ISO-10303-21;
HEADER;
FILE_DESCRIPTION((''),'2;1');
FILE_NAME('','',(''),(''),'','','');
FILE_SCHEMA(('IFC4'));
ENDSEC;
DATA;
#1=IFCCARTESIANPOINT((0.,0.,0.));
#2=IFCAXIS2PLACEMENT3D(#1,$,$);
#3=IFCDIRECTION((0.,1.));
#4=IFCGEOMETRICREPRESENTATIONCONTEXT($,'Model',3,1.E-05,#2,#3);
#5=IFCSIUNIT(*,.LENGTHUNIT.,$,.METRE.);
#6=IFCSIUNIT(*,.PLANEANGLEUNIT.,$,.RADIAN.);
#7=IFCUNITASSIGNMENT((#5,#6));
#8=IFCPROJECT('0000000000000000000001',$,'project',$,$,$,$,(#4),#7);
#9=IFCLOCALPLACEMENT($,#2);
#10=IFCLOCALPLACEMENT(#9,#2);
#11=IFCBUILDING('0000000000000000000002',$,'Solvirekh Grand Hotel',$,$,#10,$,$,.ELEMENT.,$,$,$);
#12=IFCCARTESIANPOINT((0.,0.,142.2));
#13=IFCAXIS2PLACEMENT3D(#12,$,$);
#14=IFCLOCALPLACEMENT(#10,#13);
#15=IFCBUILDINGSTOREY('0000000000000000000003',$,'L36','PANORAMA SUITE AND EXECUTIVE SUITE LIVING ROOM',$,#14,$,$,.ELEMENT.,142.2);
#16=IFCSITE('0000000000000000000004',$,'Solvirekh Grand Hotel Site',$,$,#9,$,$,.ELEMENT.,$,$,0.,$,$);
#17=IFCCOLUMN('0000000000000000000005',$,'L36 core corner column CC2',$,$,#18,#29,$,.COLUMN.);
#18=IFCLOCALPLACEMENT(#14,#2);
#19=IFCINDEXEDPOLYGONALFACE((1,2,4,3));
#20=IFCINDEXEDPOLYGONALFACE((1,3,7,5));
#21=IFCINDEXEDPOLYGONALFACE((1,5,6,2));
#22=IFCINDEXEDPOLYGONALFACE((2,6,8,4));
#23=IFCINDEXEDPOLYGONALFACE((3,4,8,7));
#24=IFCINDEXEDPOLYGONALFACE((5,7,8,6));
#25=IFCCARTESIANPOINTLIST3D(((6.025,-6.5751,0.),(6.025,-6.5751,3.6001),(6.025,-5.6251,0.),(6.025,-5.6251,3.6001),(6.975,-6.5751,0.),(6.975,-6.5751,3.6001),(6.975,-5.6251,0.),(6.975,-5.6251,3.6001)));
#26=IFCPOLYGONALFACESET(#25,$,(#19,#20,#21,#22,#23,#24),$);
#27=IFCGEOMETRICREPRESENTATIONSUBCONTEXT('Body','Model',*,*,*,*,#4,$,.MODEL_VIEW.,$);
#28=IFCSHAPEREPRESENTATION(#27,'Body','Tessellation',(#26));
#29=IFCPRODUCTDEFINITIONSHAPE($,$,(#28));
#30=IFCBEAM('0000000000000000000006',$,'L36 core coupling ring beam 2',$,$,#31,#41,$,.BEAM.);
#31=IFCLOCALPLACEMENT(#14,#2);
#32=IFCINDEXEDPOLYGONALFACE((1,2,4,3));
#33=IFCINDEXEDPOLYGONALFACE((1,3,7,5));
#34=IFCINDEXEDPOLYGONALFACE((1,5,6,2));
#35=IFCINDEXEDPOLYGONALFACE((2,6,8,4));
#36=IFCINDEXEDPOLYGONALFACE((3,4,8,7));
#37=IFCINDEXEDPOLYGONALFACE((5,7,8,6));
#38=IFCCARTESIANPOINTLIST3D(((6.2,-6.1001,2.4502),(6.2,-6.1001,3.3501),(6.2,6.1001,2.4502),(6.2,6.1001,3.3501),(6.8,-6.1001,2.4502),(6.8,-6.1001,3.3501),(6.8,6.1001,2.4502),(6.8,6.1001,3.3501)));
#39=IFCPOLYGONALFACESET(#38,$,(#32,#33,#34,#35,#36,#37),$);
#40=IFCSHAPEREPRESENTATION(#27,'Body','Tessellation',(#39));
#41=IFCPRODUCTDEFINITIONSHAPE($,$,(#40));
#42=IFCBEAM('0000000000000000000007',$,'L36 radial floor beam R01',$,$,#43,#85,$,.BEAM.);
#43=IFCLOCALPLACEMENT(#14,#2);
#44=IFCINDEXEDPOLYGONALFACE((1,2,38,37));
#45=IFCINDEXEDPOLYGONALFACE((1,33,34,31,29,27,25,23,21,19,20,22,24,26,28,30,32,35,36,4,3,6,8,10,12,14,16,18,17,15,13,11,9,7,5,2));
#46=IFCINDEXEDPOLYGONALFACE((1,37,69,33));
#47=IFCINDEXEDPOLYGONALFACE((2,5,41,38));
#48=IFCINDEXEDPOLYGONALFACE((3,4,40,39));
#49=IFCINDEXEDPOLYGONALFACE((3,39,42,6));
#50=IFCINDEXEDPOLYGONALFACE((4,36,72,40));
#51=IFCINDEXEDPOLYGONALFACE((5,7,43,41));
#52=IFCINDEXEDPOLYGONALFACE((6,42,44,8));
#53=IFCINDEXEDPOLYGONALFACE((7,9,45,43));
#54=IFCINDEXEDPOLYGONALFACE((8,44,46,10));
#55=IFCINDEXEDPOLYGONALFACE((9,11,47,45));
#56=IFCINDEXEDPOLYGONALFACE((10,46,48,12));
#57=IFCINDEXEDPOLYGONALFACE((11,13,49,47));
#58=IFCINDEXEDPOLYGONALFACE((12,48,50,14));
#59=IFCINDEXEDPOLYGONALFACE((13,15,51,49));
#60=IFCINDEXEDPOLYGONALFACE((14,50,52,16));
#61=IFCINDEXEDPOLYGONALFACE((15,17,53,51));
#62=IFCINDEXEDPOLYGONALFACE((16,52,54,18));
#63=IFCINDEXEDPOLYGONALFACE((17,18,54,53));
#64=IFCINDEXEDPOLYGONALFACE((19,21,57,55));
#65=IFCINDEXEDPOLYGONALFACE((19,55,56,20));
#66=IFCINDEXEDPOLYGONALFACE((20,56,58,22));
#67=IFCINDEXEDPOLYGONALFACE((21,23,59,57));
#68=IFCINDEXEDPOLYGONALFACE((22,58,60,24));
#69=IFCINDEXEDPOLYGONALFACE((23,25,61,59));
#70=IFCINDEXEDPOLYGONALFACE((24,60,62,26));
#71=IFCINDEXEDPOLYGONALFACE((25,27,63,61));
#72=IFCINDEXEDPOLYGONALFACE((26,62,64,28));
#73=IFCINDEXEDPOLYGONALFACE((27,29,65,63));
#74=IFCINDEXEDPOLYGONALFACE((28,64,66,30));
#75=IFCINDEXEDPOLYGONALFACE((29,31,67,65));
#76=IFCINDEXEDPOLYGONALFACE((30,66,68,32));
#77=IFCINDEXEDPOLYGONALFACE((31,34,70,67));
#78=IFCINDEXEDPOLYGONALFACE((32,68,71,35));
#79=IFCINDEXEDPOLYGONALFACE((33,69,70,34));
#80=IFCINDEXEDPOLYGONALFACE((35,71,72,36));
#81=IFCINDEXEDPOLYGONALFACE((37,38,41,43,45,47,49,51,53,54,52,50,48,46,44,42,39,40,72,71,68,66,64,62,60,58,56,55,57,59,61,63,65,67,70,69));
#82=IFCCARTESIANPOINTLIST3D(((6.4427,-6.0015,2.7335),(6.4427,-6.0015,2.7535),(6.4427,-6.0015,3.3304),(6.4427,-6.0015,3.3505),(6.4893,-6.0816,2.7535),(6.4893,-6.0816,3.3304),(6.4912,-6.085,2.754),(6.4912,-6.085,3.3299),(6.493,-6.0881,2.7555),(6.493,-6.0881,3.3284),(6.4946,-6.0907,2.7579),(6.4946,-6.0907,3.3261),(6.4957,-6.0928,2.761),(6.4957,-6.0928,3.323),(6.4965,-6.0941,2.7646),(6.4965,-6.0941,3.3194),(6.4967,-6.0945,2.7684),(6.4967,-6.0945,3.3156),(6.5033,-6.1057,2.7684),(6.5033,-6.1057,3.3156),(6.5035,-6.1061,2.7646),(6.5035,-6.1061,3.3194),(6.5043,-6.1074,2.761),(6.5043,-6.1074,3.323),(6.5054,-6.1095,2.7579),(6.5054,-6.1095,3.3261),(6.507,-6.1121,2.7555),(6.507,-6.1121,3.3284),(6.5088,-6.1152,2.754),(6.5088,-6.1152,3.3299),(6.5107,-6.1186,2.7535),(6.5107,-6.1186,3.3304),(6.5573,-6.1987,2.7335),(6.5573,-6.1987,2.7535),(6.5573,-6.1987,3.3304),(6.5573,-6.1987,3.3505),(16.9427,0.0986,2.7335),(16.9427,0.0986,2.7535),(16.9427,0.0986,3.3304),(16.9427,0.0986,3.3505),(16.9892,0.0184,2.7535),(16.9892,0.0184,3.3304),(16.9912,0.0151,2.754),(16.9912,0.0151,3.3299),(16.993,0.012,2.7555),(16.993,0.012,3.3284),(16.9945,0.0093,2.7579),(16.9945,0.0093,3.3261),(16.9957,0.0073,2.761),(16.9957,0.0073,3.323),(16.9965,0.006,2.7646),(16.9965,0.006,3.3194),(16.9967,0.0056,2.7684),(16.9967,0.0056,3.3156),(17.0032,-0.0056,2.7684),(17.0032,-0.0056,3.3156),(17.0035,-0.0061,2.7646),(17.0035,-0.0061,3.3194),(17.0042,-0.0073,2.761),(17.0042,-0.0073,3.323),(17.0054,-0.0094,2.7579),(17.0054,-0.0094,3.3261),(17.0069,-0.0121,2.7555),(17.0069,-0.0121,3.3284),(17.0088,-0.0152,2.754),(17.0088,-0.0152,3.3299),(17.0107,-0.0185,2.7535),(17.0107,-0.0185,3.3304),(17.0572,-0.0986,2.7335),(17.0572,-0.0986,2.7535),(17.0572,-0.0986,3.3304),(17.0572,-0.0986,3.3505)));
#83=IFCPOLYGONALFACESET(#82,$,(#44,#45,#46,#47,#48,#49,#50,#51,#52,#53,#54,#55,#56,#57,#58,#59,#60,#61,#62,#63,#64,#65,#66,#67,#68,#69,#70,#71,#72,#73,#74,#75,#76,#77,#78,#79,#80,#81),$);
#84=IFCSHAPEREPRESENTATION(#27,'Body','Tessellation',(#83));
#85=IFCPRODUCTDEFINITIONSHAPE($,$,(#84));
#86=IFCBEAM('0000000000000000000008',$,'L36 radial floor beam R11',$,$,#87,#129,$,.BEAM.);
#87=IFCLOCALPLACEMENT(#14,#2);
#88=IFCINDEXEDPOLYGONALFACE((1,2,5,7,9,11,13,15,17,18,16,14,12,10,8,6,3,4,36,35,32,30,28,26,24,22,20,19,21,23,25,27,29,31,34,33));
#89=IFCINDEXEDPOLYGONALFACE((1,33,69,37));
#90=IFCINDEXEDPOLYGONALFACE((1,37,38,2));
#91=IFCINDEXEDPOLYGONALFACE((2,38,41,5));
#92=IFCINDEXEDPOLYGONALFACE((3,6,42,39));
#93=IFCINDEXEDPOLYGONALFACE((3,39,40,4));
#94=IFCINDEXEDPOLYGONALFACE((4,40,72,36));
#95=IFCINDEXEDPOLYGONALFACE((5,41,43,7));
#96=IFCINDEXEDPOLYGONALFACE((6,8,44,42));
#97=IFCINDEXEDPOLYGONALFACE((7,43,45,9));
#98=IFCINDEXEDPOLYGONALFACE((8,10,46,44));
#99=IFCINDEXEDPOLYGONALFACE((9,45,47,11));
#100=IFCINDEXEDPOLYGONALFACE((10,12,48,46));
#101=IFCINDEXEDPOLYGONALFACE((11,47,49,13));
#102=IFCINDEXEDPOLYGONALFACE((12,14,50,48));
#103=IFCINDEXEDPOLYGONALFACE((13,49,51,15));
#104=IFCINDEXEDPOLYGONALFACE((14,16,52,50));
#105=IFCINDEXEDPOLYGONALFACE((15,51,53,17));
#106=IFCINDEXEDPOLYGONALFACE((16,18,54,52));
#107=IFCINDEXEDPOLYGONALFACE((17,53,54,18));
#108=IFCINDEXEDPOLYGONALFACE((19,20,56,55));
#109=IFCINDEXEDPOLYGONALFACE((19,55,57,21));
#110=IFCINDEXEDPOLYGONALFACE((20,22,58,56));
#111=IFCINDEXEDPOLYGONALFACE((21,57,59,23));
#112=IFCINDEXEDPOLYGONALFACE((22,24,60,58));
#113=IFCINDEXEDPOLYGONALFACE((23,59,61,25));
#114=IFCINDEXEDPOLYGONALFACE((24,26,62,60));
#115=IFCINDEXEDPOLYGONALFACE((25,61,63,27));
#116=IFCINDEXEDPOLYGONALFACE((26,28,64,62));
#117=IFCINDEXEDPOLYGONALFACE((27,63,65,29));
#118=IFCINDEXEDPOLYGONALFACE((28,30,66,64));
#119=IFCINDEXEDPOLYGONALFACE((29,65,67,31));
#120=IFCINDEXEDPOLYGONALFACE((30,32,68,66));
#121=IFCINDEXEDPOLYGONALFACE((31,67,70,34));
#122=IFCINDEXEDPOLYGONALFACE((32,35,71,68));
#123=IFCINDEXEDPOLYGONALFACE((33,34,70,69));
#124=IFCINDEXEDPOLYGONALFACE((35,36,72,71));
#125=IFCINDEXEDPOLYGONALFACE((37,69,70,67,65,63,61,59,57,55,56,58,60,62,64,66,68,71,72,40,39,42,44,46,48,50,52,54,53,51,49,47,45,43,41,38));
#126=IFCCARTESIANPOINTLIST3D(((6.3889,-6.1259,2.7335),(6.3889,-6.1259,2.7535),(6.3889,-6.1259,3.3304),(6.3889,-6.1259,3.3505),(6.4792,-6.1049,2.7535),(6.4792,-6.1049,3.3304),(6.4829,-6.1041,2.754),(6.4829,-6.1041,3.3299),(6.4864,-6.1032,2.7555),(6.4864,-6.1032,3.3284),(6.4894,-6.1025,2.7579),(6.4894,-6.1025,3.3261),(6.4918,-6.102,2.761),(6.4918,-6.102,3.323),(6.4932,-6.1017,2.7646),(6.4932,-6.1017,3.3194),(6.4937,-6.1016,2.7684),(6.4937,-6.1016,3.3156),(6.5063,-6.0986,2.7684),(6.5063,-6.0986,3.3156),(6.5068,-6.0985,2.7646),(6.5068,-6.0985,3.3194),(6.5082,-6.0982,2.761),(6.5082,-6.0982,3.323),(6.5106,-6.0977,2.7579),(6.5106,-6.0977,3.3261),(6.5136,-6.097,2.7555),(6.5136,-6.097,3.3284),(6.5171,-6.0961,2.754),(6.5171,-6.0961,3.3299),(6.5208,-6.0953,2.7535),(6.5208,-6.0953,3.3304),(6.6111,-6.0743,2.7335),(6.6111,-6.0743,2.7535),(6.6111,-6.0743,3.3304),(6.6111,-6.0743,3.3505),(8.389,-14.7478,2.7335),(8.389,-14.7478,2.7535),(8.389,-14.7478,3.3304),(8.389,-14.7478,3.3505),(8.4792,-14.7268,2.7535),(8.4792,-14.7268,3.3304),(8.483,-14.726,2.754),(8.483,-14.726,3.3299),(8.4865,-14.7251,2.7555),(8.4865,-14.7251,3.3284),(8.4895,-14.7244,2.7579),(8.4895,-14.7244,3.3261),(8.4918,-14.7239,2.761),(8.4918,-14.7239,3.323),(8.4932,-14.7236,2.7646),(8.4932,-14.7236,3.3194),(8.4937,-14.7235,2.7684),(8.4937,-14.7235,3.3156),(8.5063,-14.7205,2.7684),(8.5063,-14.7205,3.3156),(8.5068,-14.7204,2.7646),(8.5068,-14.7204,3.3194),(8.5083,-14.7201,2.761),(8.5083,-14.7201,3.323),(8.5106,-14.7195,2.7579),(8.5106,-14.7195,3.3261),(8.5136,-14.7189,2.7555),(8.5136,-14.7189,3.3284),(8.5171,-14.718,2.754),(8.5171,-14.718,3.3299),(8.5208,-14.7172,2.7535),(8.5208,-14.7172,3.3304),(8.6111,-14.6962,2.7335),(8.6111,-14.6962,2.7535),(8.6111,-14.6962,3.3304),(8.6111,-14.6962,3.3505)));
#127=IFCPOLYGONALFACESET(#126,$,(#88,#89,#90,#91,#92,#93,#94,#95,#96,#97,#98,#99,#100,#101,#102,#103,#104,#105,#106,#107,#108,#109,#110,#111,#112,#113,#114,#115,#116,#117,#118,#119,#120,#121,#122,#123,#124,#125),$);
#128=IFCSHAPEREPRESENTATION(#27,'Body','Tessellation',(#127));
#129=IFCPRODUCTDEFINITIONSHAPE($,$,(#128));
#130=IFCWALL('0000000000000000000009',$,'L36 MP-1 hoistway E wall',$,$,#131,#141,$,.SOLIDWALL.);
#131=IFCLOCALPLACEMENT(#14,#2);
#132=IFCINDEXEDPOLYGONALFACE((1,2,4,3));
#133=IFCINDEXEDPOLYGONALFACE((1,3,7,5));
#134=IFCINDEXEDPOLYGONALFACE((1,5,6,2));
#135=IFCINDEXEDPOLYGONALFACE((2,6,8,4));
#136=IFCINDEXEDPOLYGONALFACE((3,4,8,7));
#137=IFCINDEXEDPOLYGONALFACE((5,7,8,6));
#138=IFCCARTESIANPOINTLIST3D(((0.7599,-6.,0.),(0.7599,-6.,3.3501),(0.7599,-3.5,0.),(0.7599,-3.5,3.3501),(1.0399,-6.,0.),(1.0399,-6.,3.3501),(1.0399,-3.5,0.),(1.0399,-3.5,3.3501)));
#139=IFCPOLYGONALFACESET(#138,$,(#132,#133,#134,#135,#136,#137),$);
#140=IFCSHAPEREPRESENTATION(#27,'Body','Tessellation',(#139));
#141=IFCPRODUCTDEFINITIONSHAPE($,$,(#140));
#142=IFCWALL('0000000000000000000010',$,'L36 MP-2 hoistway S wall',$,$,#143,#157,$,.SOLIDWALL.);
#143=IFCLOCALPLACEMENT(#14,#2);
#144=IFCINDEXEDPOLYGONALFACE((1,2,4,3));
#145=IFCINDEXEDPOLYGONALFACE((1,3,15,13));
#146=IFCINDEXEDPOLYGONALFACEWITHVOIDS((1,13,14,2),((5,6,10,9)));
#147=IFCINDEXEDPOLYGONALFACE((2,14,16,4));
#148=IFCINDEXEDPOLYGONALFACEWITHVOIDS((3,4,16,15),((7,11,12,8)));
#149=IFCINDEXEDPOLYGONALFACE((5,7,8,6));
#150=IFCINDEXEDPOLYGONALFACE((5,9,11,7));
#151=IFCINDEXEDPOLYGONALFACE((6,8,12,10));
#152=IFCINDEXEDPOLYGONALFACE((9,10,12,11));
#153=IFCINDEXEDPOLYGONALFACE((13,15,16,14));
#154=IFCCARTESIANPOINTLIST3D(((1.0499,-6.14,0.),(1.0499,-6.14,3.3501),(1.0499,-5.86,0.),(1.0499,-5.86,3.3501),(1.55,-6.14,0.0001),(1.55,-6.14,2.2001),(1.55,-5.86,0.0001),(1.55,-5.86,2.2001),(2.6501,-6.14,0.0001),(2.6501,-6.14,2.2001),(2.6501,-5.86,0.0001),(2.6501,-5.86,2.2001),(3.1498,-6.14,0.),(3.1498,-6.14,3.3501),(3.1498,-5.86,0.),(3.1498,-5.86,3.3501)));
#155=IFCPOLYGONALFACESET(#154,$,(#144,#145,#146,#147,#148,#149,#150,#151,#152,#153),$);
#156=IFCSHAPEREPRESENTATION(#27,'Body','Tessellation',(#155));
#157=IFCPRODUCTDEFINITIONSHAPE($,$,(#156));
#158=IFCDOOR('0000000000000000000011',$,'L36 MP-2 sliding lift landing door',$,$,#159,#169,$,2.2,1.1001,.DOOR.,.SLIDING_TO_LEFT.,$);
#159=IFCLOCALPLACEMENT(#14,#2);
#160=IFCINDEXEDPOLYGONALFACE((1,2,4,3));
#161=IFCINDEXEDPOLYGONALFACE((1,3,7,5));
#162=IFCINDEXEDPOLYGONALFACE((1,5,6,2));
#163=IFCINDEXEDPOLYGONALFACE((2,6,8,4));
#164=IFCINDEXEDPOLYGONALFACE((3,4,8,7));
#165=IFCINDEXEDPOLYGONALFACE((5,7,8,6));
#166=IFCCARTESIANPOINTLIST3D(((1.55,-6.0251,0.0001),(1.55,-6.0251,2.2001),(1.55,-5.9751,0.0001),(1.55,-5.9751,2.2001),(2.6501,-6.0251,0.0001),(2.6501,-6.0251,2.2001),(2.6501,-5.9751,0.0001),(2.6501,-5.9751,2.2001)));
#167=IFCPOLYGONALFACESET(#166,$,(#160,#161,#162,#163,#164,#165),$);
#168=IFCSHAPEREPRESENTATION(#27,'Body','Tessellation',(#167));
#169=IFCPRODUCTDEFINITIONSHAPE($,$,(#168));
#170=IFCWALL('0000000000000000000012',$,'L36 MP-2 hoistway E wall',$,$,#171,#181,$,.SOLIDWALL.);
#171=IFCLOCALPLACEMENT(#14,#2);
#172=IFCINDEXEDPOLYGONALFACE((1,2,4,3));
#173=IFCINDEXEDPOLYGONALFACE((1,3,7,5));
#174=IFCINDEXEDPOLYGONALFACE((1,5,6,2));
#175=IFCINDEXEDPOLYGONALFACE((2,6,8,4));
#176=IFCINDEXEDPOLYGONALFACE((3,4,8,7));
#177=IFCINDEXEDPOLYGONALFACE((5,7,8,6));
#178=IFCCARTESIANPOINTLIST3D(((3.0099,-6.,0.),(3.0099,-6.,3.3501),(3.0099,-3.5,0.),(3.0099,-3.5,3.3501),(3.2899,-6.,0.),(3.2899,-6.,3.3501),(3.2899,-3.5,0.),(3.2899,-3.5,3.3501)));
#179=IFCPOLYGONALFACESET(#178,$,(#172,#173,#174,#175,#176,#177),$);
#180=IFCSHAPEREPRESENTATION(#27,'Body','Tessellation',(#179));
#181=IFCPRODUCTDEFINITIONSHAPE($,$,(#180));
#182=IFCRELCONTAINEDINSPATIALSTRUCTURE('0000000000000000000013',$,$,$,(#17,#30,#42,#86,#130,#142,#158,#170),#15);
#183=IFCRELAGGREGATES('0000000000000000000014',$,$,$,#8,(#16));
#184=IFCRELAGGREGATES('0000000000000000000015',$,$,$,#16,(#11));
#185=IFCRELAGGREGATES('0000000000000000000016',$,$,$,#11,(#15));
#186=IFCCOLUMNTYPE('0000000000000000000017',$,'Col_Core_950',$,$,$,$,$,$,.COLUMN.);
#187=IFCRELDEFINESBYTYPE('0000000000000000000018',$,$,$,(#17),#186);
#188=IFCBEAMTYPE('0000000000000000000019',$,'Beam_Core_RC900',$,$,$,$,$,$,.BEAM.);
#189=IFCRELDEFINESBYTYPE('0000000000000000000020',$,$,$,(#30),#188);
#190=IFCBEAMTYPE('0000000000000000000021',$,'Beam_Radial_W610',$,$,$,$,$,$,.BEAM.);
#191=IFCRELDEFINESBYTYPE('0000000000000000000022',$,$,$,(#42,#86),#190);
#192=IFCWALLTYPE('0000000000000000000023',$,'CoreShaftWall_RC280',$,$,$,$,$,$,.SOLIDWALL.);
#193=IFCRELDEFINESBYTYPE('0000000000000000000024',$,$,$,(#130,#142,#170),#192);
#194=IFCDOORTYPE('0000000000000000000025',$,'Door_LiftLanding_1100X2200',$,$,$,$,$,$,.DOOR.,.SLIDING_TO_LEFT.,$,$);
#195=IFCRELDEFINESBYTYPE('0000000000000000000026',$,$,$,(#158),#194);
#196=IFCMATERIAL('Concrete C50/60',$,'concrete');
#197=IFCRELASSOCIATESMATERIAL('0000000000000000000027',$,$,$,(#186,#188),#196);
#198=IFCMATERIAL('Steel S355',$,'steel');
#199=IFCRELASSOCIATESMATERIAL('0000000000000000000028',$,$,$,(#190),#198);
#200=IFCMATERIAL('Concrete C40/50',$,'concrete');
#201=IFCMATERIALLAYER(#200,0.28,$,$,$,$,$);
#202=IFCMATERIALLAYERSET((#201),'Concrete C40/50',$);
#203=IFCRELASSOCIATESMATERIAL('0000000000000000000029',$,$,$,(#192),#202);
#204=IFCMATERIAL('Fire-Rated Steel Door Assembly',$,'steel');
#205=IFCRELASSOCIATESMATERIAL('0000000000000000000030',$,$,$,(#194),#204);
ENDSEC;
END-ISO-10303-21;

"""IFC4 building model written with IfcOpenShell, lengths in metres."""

from ifc_helpers import new_model, si_unit, direction, frame, frame_2d, origin, origin_2d, place, context, subcontext, project, spatial, rectangle, i_section, extrude, material, layer, layer_set, material_profile, profile_set, type_object, element, fill, save


model = new_model("IFC4")

# Units and contexts
model_context = context("Model", 3, precision=1e-05, world=origin(), true_north=direction((0.0, 1.0)))
body_context = subcontext(model_context, "Body", "Model", "MODEL_VIEW")
ifc_project = project(units=[si_unit("LENGTHUNIT", "METRE"), si_unit("PLANEANGLEUNIT", "RADIAN")], contexts=[model_context])

# Site, building, storey
site_placement = place(None, origin())
site = spatial("IfcSite", under=ifc_project, at=site_placement, Name="Solvirekh Grand Hotel Site", CompositionType="ELEMENT", RefElevation=0.0)
building_placement = place(site_placement, origin())
building = spatial("IfcBuilding", under=site, at=building_placement, Name="Solvirekh Grand Hotel", CompositionType="ELEMENT")
storey_placement = place(building_placement, frame((0.0, 0.0, 142.2)))
storey = spatial("IfcBuildingStorey", under=building, at=storey_placement, Name="L36", Description="PANORAMA SUITE AND EXECUTIVE SUITE LIVING ROOM", CompositionType="ELEMENT", Elevation=142.2)

# Column
ifc_material_1 = material(Name="Concrete C50/60", Category="concrete")
ifc_material_profile_1 = material_profile(ifc_material_1, rectangle(XDim=0.95, YDim=0.95, at=origin_2d()), Name="RC 950X950")
ifc_profile_set_1 = profile_set([ifc_material_profile_1], Name="Concrete C50/60")
column_type = type_object("IfcColumnType", Name="Col_Core_950", PredefinedType="COLUMN", material=ifc_profile_set_1)
column_placement = place(storey_placement, frame((6.5, -6.1001, 0.0), z_axis=(0.0, 0.0, 1.0), x_axis=(1.0, 0.0, 0.0)))
element("IfcColumn", 1, at=column_placement, inside=storey, type_object=column_type, Name="L36 core corner column CC2", PredefinedType="COLUMN", context=body_context, shape_type="SweptSolid", body=[
    extrude(rectangle(XDim=0.95, YDim=0.95, at=origin_2d()), origin(), (0.0, 0.0, 1.0), 3.6001),
])

# Beams
ifc_material_profile_2 = material_profile(ifc_material_1, rectangle(XDim=0.6001, YDim=0.8999, at=origin_2d()), Name="RC BEAM 600X900")
ifc_profile_set_2 = profile_set([ifc_material_profile_2], Name="Concrete C50/60")
beam_type_1 = type_object("IfcBeamType", Name="Beam_Core_RC900", PredefinedType="BEAM", material=ifc_profile_set_2)
beam_1_placement = place(storey_placement, frame((6.5, -6.1001, 2.9001), z_axis=(0.0, 1.0, 0.0), x_axis=(-1.0, 0.0, 0.0)))
element("IfcBeam", 2, at=beam_1_placement, inside=storey, type_object=beam_type_1, Name="L36 core coupling ring beam 2", PredefinedType="BEAM", context=body_context, shape_type="SweptSolid", body=[
    extrude(rectangle(XDim=0.6001, YDim=0.8999, at=origin_2d()), origin(), (0.0, 0.0, 1.0), 12.2002),
])
ifc_material_2 = material(Name="Steel S355", Category="steel")
ifc_material_profile_3 = material_profile(ifc_material_2, i_section(OverallWidth=0.228, OverallDepth=0.6169, WebThickness=0.0129, FlangeThickness=0.02, FilletRadius=0.0149, at=origin_2d()), Name="W610X140")
ifc_profile_set_3 = profile_set([ifc_material_profile_3], Name="Steel S355")
beam_type_2 = type_object("IfcBeamType", Name="Beam_Radial_W610", PredefinedType="BEAM", material=ifc_profile_set_3)
beam_2_placement = place(storey_placement, frame((6.5, -6.1001, 3.042), z_axis=(0.86467, 0.50234, 0.0), x_axis=(-0.50234, 0.86467, 0.0)))
element("IfcBeam", 3, at=beam_2_placement, inside=storey, type_object=beam_type_2, Name="L36 radial floor beam R01", PredefinedType="BEAM", context=body_context, shape_type="SweptSolid", body=[
    extrude(i_section(OverallWidth=0.228, OverallDepth=0.6169, WebThickness=0.0129, FlangeThickness=0.02, FilletRadius=0.0149, at=origin_2d()), origin(), (0.0, 0.0, 1.0), 12.1433),
])
beam_3_placement = place(storey_placement, frame((6.5, -6.1001, 3.042), z_axis=(0.225969, -0.974134, 0.0), x_axis=(0.974134, 0.225969, 0.0)))
element("IfcBeam", 4, at=beam_3_placement, inside=storey, type_object=beam_type_2, Name="L36 radial floor beam R11", PredefinedType="BEAM", context=body_context, shape_type="SweptSolid", body=[
    extrude(i_section(OverallWidth=0.228, OverallDepth=0.6169, WebThickness=0.0129, FlangeThickness=0.02, FilletRadius=0.0149, at=origin_2d()), origin(), (0.0, 0.0, 1.0), 8.8508),
])

# Wall
ifc_material_3 = material(Name="Concrete C40/50", Category="concrete")
ifc_layer_1 = layer(ifc_material_3, 0.28)
ifc_layer_set_1 = layer_set([ifc_layer_1], Name="Concrete C40/50")
wall_type_1 = type_object("IfcWallType", Name="CoreShaftWall_RC280", PredefinedType="SOLIDWALL", material=ifc_layer_set_1)
wall_1_placement = place(storey_placement, frame((0.8999, -6.0, 0.0), z_axis=(0.0, 0.0, 1.0), x_axis=(0.0, 1.0, 0.0)))
element("IfcWall", 5, at=wall_1_placement, inside=storey, type_object=wall_type_1, Name="L36 MP-1 hoistway E wall", PredefinedType="SOLIDWALL", context=body_context, shape_type="SweptSolid", body=[
    extrude(rectangle(XDim=2.5, YDim=0.28, at=frame_2d((1.25, 0.0))), origin(), (0.0, 0.0, 1.0), 3.3501),
])

# Wall, opening, door
wall_2_placement = place(storey_placement, frame((1.05, -6.0, 0.0), z_axis=(0.0, 0.0, 1.0), x_axis=(1.0, 0.0, 0.0)))
wall_2 = element("IfcWall", 6, at=wall_2_placement, inside=storey, type_object=wall_type_1, Name="L36 MP-2 hoistway S wall", PredefinedType="SOLIDWALL", context=body_context, shape_type="SweptSolid", body=[
    extrude(rectangle(XDim=2.0999, YDim=0.28, at=frame_2d((1.0498, 0.0))), origin(), (0.0, 0.0, 1.0), 3.3501),
])
opening_1_placement = place(wall_2_placement, frame((0.5, 0.0, 0.0)))
opening_1 = element("IfcOpeningElement", 7, at=opening_1_placement, cuts=wall_2, PredefinedType="OPENING", context=body_context, shape_type="SweptSolid", body=[
    extrude(rectangle(XDim=1.1001, YDim=2.2, at=frame_2d((0.55, 1.1001))), frame((0.0, 0.1499, 0.0), z_axis=(0.0, -1.0, 0.0), x_axis=(1.0, 0.0, 0.0)), (0.0, 0.0, 1.0), 0.3),
])
ifc_material_4 = material(Name="Fire-Rated Steel Door Assembly", Category="steel")
door_type_1 = type_object("IfcDoorType", Name="Door_LiftLanding_1100X2200", OperationType="SLIDING_TO_LEFT", PredefinedType="DOOR", material=ifc_material_4)
door_1_placement = place(opening_1_placement, origin())
door_1 = element("IfcDoor", 8, at=door_1_placement, inside=storey, type_object=door_type_1, Name="L36 MP-2 sliding lift landing door", OperationType="SLIDING_TO_LEFT", OverallHeight=2.2, OverallWidth=1.1001, PredefinedType="DOOR", context=body_context, shape_type="SweptSolid", body=[
    extrude(rectangle(XDim=1.1001, YDim=2.2, at=frame_2d((0.55, 1.1001))), frame((0.0, 0.0249, 0.0), z_axis=(0.0, -1.0, 0.0), x_axis=(1.0, 0.0, 0.0)), (0.0, 0.0, 1.0), 0.05),
])
fill(opening_1, door_1)

# Wall
wall_3_placement = place(storey_placement, frame((3.1499, -6.0, 0.0), z_axis=(0.0, 0.0, 1.0), x_axis=(0.0, 1.0, 0.0)))
element("IfcWall", 9, at=wall_3_placement, inside=storey, type_object=wall_type_1, Name="L36 MP-2 hoistway E wall", PredefinedType="SOLIDWALL", context=body_context, shape_type="SweptSolid", body=[
    extrude(rectangle(XDim=2.5, YDim=0.28, at=frame_2d((1.25, 0.0))), origin(), (0.0, 0.0, 1.0), 3.3501),
])

save(model, "model.ifc")
